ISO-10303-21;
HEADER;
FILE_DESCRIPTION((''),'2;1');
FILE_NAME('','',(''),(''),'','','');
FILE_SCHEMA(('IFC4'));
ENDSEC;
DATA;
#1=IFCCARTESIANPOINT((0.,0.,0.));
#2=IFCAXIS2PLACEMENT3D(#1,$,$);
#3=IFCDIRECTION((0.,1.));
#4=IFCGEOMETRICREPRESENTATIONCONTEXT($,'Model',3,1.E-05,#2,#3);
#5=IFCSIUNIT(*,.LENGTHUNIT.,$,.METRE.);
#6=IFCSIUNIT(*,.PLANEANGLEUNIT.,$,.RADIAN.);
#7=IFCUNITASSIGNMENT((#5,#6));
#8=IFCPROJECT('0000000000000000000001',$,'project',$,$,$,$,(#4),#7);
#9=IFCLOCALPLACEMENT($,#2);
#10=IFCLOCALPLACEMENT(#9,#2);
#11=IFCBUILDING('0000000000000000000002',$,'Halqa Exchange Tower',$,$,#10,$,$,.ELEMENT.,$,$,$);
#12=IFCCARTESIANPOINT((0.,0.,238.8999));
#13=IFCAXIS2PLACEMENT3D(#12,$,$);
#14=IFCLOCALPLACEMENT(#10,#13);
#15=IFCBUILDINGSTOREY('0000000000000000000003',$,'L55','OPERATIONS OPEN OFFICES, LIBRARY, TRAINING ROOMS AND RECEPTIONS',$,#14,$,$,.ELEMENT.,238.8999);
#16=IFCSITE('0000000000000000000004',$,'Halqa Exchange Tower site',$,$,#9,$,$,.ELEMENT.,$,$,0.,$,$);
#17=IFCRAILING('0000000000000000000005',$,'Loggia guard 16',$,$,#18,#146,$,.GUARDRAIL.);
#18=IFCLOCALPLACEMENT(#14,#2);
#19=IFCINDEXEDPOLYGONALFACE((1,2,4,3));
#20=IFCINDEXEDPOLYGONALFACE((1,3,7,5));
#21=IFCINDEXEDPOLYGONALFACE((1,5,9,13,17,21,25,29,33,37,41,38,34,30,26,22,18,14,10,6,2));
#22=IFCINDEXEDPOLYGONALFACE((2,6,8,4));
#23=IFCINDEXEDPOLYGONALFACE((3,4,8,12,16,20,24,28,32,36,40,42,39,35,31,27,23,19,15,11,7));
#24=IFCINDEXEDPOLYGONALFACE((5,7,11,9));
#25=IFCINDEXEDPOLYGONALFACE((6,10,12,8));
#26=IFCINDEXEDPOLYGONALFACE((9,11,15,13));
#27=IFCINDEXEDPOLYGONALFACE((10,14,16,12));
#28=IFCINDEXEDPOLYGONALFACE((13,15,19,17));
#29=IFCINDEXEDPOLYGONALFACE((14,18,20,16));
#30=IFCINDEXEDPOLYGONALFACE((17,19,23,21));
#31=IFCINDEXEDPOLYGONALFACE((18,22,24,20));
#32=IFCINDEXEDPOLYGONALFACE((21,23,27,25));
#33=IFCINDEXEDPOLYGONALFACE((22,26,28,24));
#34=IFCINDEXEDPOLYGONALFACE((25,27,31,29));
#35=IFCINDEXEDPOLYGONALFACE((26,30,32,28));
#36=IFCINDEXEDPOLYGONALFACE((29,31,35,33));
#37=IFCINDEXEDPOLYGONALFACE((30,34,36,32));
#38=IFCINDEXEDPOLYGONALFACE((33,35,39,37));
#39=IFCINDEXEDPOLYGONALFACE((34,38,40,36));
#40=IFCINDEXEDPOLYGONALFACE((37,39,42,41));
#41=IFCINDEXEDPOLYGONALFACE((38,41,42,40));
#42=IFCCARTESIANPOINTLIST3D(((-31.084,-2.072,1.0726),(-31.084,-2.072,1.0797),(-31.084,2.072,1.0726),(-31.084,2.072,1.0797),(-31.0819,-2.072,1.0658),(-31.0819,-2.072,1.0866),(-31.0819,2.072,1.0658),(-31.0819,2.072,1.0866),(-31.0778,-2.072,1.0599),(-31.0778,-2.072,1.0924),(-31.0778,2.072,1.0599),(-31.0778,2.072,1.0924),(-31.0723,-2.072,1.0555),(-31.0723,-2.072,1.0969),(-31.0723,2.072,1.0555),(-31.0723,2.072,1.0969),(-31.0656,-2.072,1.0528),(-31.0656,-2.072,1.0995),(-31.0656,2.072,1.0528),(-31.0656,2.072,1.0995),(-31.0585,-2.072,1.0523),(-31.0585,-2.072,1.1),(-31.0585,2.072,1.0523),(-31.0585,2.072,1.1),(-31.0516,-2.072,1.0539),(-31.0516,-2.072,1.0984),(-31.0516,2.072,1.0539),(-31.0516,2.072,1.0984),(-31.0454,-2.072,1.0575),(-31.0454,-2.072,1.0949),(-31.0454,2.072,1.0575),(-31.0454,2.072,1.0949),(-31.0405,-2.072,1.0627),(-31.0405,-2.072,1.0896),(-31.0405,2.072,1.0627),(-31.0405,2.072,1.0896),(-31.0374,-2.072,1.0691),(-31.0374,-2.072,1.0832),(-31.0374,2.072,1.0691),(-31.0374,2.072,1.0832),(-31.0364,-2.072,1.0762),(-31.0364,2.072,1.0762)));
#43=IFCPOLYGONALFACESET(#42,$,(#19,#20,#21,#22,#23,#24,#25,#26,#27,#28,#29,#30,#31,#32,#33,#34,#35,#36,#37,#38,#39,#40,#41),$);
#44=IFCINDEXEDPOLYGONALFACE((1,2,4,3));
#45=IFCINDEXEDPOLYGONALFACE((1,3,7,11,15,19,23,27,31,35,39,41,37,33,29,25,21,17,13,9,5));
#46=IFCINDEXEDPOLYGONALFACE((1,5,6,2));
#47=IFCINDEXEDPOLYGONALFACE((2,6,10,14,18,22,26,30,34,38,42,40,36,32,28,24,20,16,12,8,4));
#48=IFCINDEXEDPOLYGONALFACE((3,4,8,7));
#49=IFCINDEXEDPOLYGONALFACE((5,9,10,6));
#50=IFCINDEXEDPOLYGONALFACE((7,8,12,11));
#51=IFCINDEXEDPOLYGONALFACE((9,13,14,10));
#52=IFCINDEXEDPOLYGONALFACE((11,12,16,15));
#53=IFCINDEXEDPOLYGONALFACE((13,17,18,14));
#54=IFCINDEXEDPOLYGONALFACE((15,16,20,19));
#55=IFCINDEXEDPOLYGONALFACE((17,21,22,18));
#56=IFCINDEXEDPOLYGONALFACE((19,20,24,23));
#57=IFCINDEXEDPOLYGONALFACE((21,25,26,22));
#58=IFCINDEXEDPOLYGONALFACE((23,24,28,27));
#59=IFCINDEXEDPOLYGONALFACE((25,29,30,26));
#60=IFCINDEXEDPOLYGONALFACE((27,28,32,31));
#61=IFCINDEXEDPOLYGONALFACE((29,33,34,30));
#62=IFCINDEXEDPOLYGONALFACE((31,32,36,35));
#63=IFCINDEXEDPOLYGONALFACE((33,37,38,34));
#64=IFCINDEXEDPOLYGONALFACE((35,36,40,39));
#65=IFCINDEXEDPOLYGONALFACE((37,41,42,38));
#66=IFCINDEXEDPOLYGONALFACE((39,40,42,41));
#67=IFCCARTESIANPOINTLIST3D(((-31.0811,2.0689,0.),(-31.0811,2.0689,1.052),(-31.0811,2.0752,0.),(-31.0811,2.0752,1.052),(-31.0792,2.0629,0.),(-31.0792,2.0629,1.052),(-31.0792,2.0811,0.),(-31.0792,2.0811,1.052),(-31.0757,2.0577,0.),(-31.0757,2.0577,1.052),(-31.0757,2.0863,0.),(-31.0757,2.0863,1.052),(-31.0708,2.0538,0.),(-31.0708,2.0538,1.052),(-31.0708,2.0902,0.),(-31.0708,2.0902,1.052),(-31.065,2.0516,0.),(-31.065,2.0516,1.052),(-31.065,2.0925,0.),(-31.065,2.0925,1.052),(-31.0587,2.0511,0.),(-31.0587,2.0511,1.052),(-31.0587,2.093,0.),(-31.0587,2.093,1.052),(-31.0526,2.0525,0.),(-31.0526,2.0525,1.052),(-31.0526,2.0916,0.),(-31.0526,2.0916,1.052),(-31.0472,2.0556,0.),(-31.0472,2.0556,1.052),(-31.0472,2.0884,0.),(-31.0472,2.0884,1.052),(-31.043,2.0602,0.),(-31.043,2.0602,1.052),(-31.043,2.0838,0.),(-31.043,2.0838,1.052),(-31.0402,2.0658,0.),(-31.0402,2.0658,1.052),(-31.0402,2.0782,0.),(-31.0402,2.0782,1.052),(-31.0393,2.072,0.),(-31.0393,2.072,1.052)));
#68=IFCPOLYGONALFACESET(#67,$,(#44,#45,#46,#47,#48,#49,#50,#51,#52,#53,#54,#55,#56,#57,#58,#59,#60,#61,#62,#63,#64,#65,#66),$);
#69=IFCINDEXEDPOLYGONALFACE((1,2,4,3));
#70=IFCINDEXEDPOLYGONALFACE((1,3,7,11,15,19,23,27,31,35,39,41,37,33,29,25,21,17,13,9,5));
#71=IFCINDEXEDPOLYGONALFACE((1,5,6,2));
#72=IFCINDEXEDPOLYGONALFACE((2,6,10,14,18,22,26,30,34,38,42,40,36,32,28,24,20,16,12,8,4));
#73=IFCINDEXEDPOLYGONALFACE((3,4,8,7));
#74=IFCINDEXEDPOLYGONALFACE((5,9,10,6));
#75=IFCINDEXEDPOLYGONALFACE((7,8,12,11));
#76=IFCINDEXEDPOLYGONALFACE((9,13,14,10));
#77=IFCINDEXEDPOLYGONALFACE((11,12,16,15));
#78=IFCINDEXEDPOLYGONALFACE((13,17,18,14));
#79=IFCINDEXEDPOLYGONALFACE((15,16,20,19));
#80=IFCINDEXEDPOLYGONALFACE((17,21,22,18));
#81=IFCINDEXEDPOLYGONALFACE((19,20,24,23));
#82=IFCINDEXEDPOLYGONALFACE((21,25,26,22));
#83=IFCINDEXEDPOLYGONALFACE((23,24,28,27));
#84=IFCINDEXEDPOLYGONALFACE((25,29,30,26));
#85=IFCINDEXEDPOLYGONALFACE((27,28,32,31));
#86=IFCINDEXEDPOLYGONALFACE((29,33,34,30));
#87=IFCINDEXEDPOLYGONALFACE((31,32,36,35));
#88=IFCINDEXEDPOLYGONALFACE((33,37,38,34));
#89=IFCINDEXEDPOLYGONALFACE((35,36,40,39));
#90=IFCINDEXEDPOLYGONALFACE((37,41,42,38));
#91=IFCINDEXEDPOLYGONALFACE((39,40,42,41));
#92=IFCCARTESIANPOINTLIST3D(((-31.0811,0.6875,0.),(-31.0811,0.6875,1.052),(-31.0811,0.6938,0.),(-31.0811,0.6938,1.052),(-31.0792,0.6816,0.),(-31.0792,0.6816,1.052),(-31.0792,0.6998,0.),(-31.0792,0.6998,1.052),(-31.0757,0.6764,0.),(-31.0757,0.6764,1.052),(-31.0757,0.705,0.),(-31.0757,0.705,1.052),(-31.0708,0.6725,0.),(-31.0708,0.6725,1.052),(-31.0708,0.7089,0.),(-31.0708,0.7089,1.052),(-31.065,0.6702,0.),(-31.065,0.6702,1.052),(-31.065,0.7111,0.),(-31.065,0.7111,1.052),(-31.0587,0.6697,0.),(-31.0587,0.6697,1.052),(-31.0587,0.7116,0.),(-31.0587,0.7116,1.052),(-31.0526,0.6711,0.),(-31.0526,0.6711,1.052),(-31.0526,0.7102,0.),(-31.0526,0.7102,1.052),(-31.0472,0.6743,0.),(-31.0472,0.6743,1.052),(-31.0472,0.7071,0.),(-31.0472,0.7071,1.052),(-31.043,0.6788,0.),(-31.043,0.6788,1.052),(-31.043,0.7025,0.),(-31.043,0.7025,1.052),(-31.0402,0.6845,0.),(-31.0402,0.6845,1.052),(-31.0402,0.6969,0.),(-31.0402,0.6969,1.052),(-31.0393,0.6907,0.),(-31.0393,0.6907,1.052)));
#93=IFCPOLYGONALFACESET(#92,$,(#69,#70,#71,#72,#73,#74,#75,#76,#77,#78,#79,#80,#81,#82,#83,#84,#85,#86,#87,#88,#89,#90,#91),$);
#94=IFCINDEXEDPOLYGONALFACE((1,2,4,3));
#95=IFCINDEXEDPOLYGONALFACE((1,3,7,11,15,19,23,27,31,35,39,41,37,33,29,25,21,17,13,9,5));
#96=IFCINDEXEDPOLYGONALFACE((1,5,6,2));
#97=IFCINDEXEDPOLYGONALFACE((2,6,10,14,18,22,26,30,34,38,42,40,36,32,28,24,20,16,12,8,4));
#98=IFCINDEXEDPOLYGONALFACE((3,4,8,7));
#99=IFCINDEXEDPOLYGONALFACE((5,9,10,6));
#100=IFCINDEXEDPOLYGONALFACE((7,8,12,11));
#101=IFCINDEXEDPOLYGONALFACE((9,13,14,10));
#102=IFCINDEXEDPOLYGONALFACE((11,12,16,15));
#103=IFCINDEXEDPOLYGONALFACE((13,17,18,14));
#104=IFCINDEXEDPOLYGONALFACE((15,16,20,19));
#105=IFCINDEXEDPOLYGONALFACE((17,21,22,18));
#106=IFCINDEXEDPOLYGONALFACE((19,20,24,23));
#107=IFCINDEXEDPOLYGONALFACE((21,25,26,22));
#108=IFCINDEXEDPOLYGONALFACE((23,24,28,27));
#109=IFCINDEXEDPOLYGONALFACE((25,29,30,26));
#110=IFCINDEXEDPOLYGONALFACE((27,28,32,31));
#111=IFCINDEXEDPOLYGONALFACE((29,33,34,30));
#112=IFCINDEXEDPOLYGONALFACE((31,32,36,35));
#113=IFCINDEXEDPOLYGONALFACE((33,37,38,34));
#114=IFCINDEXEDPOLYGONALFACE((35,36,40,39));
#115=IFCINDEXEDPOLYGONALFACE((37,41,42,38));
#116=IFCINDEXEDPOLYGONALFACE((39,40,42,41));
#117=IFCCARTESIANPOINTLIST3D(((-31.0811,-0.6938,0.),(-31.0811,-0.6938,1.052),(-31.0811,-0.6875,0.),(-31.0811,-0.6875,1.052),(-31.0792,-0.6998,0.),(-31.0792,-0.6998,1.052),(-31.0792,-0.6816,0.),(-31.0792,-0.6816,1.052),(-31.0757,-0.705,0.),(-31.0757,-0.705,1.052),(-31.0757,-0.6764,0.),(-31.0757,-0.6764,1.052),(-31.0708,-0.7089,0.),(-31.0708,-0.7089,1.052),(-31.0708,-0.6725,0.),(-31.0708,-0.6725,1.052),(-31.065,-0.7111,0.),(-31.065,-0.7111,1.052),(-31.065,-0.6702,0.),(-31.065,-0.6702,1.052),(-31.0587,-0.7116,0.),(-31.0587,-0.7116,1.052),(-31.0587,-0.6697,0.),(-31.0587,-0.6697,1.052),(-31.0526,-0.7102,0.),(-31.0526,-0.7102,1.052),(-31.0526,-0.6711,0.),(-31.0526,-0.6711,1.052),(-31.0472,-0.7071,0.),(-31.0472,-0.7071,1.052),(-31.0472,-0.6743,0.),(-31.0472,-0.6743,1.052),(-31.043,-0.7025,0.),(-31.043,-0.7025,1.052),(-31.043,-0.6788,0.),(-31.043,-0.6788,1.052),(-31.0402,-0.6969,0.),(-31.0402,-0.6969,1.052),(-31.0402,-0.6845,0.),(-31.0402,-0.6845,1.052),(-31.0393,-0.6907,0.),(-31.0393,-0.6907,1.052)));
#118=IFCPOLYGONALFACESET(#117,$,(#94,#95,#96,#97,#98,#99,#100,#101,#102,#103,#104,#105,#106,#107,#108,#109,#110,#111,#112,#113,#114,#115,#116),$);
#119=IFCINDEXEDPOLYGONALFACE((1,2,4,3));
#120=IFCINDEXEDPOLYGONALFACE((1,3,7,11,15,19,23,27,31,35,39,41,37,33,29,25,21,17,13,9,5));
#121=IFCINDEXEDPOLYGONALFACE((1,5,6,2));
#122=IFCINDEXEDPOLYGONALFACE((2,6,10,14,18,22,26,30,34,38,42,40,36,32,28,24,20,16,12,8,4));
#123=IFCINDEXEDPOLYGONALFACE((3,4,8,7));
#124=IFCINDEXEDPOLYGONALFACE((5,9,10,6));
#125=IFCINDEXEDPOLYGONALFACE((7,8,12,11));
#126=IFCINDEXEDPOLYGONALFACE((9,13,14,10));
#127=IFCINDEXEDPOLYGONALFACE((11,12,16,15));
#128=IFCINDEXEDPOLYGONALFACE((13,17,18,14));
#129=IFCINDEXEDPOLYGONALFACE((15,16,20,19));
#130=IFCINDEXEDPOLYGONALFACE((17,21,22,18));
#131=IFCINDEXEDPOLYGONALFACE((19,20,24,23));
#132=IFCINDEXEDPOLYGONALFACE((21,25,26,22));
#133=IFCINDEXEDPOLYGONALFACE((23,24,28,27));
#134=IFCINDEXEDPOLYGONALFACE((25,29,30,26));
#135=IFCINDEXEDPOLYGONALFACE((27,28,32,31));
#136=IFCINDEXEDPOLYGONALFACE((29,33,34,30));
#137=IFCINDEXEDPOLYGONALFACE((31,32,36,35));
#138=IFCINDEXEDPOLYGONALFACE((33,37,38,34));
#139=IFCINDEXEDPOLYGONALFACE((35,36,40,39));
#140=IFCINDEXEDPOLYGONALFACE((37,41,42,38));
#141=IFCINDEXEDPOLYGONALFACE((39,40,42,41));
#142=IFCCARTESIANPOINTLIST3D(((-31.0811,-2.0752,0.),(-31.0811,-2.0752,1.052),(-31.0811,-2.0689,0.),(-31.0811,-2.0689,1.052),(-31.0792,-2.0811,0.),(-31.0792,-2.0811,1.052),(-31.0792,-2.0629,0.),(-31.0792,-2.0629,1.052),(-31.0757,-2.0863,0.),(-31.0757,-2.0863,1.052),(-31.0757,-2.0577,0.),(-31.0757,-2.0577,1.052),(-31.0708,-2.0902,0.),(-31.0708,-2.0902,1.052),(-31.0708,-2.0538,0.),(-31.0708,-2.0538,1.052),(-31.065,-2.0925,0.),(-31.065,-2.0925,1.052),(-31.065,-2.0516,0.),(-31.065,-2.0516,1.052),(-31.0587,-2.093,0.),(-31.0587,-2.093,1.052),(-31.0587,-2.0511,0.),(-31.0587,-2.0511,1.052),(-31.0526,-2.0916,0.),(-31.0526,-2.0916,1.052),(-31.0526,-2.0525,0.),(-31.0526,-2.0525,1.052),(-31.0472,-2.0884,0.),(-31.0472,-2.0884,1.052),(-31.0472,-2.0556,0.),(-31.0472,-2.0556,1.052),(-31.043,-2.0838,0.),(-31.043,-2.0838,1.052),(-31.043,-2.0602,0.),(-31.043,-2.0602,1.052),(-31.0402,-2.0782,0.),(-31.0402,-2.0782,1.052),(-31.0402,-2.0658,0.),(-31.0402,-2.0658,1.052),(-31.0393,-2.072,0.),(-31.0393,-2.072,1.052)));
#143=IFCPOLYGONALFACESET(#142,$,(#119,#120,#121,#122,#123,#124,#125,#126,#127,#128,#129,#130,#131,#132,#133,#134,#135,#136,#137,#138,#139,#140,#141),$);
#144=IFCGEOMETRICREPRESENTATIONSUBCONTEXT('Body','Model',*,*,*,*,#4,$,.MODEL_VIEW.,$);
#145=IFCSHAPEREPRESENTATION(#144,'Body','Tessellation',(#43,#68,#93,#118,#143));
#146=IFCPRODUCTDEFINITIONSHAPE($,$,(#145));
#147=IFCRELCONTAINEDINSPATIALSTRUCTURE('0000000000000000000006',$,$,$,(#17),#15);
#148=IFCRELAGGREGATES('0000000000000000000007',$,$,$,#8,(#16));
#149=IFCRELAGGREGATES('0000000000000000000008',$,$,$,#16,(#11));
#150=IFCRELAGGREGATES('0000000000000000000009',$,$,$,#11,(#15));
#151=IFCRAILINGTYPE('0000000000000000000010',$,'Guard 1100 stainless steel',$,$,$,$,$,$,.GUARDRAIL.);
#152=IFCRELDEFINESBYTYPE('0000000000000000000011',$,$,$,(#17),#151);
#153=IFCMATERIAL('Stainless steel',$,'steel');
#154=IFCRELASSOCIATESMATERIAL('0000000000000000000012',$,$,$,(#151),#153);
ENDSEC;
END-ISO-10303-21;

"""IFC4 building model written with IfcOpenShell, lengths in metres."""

from ifc_helpers import new_model, si_unit, direction, frame, origin, origin_2d, place, context, subcontext, project, spatial, circle, extrude, material, type_object, element, save


model = new_model("IFC4")

# Units and contexts
model_context = context("Model", 3, precision=1e-05, world=origin(), true_north=direction((0.0, 1.0)))
body_context = subcontext(model_context, "Body", "Model", "MODEL_VIEW")
ifc_project = project(units=[si_unit("LENGTHUNIT", "METRE"), si_unit("PLANEANGLEUNIT", "RADIAN")], contexts=[model_context])

# Site, building, storey
site_placement = place(None, origin())
site = spatial("IfcSite", under=ifc_project, at=site_placement, Name="Halqa Exchange Tower site", CompositionType="ELEMENT", RefElevation=0.0)
building_placement = place(site_placement, origin())
building = spatial("IfcBuilding", under=site, at=building_placement, Name="Halqa Exchange Tower", CompositionType="ELEMENT")
storey_placement = place(building_placement, frame((0.0, 0.0, 238.8999)))
storey = spatial("IfcBuildingStorey", under=building, at=storey_placement, Name="L55", Description="OPERATIONS OPEN OFFICES, LIBRARY, TRAINING ROOMS AND RECEPTIONS", CompositionType="ELEMENT", Elevation=238.8999)

# Railing
ifc_material_1 = material(Name="Stainless steel", Category="steel")
railing_type = type_object("IfcRailingType", Name="Guard 1100 stainless steel", PredefinedType="GUARDRAIL", material=ifc_material_1)
railing_1_placement = place(storey_placement, frame((-31.0603, 2.072, 0.0)))
element("IfcRailing", 1, at=railing_1_placement, inside=storey, type_object=railing_type, Name="Loggia guard 16", PredefinedType="GUARDRAIL", context=body_context, shape_type="SweptSolid", body=[
    extrude(circle(Radius=0.0239, at=origin_2d()), frame((0.0, 0.0, 1.0762), z_axis=(0.0, -1.0, 0.0), x_axis=(1.0, 0.0, 0.0)), (0.0, 0.0, 1.0), 4.144),
    extrude(circle(Radius=0.021, at=origin_2d()), origin(), (0.0, 0.0, 1.0), 1.052),
    extrude(circle(Radius=0.021, at=origin_2d()), frame((0.0, -1.3813, 0.0)), (0.0, 0.0, 1.0), 1.052),
    extrude(circle(Radius=0.021, at=origin_2d()), frame((0.0, -2.7627, 0.0)), (0.0, 0.0, 1.0), 1.052),
    extrude(circle(Radius=0.021, at=origin_2d()), frame((0.0, -4.144, 0.0)), (0.0, 0.0, 1.0), 1.052),
])

save(model, "model.ifc")
